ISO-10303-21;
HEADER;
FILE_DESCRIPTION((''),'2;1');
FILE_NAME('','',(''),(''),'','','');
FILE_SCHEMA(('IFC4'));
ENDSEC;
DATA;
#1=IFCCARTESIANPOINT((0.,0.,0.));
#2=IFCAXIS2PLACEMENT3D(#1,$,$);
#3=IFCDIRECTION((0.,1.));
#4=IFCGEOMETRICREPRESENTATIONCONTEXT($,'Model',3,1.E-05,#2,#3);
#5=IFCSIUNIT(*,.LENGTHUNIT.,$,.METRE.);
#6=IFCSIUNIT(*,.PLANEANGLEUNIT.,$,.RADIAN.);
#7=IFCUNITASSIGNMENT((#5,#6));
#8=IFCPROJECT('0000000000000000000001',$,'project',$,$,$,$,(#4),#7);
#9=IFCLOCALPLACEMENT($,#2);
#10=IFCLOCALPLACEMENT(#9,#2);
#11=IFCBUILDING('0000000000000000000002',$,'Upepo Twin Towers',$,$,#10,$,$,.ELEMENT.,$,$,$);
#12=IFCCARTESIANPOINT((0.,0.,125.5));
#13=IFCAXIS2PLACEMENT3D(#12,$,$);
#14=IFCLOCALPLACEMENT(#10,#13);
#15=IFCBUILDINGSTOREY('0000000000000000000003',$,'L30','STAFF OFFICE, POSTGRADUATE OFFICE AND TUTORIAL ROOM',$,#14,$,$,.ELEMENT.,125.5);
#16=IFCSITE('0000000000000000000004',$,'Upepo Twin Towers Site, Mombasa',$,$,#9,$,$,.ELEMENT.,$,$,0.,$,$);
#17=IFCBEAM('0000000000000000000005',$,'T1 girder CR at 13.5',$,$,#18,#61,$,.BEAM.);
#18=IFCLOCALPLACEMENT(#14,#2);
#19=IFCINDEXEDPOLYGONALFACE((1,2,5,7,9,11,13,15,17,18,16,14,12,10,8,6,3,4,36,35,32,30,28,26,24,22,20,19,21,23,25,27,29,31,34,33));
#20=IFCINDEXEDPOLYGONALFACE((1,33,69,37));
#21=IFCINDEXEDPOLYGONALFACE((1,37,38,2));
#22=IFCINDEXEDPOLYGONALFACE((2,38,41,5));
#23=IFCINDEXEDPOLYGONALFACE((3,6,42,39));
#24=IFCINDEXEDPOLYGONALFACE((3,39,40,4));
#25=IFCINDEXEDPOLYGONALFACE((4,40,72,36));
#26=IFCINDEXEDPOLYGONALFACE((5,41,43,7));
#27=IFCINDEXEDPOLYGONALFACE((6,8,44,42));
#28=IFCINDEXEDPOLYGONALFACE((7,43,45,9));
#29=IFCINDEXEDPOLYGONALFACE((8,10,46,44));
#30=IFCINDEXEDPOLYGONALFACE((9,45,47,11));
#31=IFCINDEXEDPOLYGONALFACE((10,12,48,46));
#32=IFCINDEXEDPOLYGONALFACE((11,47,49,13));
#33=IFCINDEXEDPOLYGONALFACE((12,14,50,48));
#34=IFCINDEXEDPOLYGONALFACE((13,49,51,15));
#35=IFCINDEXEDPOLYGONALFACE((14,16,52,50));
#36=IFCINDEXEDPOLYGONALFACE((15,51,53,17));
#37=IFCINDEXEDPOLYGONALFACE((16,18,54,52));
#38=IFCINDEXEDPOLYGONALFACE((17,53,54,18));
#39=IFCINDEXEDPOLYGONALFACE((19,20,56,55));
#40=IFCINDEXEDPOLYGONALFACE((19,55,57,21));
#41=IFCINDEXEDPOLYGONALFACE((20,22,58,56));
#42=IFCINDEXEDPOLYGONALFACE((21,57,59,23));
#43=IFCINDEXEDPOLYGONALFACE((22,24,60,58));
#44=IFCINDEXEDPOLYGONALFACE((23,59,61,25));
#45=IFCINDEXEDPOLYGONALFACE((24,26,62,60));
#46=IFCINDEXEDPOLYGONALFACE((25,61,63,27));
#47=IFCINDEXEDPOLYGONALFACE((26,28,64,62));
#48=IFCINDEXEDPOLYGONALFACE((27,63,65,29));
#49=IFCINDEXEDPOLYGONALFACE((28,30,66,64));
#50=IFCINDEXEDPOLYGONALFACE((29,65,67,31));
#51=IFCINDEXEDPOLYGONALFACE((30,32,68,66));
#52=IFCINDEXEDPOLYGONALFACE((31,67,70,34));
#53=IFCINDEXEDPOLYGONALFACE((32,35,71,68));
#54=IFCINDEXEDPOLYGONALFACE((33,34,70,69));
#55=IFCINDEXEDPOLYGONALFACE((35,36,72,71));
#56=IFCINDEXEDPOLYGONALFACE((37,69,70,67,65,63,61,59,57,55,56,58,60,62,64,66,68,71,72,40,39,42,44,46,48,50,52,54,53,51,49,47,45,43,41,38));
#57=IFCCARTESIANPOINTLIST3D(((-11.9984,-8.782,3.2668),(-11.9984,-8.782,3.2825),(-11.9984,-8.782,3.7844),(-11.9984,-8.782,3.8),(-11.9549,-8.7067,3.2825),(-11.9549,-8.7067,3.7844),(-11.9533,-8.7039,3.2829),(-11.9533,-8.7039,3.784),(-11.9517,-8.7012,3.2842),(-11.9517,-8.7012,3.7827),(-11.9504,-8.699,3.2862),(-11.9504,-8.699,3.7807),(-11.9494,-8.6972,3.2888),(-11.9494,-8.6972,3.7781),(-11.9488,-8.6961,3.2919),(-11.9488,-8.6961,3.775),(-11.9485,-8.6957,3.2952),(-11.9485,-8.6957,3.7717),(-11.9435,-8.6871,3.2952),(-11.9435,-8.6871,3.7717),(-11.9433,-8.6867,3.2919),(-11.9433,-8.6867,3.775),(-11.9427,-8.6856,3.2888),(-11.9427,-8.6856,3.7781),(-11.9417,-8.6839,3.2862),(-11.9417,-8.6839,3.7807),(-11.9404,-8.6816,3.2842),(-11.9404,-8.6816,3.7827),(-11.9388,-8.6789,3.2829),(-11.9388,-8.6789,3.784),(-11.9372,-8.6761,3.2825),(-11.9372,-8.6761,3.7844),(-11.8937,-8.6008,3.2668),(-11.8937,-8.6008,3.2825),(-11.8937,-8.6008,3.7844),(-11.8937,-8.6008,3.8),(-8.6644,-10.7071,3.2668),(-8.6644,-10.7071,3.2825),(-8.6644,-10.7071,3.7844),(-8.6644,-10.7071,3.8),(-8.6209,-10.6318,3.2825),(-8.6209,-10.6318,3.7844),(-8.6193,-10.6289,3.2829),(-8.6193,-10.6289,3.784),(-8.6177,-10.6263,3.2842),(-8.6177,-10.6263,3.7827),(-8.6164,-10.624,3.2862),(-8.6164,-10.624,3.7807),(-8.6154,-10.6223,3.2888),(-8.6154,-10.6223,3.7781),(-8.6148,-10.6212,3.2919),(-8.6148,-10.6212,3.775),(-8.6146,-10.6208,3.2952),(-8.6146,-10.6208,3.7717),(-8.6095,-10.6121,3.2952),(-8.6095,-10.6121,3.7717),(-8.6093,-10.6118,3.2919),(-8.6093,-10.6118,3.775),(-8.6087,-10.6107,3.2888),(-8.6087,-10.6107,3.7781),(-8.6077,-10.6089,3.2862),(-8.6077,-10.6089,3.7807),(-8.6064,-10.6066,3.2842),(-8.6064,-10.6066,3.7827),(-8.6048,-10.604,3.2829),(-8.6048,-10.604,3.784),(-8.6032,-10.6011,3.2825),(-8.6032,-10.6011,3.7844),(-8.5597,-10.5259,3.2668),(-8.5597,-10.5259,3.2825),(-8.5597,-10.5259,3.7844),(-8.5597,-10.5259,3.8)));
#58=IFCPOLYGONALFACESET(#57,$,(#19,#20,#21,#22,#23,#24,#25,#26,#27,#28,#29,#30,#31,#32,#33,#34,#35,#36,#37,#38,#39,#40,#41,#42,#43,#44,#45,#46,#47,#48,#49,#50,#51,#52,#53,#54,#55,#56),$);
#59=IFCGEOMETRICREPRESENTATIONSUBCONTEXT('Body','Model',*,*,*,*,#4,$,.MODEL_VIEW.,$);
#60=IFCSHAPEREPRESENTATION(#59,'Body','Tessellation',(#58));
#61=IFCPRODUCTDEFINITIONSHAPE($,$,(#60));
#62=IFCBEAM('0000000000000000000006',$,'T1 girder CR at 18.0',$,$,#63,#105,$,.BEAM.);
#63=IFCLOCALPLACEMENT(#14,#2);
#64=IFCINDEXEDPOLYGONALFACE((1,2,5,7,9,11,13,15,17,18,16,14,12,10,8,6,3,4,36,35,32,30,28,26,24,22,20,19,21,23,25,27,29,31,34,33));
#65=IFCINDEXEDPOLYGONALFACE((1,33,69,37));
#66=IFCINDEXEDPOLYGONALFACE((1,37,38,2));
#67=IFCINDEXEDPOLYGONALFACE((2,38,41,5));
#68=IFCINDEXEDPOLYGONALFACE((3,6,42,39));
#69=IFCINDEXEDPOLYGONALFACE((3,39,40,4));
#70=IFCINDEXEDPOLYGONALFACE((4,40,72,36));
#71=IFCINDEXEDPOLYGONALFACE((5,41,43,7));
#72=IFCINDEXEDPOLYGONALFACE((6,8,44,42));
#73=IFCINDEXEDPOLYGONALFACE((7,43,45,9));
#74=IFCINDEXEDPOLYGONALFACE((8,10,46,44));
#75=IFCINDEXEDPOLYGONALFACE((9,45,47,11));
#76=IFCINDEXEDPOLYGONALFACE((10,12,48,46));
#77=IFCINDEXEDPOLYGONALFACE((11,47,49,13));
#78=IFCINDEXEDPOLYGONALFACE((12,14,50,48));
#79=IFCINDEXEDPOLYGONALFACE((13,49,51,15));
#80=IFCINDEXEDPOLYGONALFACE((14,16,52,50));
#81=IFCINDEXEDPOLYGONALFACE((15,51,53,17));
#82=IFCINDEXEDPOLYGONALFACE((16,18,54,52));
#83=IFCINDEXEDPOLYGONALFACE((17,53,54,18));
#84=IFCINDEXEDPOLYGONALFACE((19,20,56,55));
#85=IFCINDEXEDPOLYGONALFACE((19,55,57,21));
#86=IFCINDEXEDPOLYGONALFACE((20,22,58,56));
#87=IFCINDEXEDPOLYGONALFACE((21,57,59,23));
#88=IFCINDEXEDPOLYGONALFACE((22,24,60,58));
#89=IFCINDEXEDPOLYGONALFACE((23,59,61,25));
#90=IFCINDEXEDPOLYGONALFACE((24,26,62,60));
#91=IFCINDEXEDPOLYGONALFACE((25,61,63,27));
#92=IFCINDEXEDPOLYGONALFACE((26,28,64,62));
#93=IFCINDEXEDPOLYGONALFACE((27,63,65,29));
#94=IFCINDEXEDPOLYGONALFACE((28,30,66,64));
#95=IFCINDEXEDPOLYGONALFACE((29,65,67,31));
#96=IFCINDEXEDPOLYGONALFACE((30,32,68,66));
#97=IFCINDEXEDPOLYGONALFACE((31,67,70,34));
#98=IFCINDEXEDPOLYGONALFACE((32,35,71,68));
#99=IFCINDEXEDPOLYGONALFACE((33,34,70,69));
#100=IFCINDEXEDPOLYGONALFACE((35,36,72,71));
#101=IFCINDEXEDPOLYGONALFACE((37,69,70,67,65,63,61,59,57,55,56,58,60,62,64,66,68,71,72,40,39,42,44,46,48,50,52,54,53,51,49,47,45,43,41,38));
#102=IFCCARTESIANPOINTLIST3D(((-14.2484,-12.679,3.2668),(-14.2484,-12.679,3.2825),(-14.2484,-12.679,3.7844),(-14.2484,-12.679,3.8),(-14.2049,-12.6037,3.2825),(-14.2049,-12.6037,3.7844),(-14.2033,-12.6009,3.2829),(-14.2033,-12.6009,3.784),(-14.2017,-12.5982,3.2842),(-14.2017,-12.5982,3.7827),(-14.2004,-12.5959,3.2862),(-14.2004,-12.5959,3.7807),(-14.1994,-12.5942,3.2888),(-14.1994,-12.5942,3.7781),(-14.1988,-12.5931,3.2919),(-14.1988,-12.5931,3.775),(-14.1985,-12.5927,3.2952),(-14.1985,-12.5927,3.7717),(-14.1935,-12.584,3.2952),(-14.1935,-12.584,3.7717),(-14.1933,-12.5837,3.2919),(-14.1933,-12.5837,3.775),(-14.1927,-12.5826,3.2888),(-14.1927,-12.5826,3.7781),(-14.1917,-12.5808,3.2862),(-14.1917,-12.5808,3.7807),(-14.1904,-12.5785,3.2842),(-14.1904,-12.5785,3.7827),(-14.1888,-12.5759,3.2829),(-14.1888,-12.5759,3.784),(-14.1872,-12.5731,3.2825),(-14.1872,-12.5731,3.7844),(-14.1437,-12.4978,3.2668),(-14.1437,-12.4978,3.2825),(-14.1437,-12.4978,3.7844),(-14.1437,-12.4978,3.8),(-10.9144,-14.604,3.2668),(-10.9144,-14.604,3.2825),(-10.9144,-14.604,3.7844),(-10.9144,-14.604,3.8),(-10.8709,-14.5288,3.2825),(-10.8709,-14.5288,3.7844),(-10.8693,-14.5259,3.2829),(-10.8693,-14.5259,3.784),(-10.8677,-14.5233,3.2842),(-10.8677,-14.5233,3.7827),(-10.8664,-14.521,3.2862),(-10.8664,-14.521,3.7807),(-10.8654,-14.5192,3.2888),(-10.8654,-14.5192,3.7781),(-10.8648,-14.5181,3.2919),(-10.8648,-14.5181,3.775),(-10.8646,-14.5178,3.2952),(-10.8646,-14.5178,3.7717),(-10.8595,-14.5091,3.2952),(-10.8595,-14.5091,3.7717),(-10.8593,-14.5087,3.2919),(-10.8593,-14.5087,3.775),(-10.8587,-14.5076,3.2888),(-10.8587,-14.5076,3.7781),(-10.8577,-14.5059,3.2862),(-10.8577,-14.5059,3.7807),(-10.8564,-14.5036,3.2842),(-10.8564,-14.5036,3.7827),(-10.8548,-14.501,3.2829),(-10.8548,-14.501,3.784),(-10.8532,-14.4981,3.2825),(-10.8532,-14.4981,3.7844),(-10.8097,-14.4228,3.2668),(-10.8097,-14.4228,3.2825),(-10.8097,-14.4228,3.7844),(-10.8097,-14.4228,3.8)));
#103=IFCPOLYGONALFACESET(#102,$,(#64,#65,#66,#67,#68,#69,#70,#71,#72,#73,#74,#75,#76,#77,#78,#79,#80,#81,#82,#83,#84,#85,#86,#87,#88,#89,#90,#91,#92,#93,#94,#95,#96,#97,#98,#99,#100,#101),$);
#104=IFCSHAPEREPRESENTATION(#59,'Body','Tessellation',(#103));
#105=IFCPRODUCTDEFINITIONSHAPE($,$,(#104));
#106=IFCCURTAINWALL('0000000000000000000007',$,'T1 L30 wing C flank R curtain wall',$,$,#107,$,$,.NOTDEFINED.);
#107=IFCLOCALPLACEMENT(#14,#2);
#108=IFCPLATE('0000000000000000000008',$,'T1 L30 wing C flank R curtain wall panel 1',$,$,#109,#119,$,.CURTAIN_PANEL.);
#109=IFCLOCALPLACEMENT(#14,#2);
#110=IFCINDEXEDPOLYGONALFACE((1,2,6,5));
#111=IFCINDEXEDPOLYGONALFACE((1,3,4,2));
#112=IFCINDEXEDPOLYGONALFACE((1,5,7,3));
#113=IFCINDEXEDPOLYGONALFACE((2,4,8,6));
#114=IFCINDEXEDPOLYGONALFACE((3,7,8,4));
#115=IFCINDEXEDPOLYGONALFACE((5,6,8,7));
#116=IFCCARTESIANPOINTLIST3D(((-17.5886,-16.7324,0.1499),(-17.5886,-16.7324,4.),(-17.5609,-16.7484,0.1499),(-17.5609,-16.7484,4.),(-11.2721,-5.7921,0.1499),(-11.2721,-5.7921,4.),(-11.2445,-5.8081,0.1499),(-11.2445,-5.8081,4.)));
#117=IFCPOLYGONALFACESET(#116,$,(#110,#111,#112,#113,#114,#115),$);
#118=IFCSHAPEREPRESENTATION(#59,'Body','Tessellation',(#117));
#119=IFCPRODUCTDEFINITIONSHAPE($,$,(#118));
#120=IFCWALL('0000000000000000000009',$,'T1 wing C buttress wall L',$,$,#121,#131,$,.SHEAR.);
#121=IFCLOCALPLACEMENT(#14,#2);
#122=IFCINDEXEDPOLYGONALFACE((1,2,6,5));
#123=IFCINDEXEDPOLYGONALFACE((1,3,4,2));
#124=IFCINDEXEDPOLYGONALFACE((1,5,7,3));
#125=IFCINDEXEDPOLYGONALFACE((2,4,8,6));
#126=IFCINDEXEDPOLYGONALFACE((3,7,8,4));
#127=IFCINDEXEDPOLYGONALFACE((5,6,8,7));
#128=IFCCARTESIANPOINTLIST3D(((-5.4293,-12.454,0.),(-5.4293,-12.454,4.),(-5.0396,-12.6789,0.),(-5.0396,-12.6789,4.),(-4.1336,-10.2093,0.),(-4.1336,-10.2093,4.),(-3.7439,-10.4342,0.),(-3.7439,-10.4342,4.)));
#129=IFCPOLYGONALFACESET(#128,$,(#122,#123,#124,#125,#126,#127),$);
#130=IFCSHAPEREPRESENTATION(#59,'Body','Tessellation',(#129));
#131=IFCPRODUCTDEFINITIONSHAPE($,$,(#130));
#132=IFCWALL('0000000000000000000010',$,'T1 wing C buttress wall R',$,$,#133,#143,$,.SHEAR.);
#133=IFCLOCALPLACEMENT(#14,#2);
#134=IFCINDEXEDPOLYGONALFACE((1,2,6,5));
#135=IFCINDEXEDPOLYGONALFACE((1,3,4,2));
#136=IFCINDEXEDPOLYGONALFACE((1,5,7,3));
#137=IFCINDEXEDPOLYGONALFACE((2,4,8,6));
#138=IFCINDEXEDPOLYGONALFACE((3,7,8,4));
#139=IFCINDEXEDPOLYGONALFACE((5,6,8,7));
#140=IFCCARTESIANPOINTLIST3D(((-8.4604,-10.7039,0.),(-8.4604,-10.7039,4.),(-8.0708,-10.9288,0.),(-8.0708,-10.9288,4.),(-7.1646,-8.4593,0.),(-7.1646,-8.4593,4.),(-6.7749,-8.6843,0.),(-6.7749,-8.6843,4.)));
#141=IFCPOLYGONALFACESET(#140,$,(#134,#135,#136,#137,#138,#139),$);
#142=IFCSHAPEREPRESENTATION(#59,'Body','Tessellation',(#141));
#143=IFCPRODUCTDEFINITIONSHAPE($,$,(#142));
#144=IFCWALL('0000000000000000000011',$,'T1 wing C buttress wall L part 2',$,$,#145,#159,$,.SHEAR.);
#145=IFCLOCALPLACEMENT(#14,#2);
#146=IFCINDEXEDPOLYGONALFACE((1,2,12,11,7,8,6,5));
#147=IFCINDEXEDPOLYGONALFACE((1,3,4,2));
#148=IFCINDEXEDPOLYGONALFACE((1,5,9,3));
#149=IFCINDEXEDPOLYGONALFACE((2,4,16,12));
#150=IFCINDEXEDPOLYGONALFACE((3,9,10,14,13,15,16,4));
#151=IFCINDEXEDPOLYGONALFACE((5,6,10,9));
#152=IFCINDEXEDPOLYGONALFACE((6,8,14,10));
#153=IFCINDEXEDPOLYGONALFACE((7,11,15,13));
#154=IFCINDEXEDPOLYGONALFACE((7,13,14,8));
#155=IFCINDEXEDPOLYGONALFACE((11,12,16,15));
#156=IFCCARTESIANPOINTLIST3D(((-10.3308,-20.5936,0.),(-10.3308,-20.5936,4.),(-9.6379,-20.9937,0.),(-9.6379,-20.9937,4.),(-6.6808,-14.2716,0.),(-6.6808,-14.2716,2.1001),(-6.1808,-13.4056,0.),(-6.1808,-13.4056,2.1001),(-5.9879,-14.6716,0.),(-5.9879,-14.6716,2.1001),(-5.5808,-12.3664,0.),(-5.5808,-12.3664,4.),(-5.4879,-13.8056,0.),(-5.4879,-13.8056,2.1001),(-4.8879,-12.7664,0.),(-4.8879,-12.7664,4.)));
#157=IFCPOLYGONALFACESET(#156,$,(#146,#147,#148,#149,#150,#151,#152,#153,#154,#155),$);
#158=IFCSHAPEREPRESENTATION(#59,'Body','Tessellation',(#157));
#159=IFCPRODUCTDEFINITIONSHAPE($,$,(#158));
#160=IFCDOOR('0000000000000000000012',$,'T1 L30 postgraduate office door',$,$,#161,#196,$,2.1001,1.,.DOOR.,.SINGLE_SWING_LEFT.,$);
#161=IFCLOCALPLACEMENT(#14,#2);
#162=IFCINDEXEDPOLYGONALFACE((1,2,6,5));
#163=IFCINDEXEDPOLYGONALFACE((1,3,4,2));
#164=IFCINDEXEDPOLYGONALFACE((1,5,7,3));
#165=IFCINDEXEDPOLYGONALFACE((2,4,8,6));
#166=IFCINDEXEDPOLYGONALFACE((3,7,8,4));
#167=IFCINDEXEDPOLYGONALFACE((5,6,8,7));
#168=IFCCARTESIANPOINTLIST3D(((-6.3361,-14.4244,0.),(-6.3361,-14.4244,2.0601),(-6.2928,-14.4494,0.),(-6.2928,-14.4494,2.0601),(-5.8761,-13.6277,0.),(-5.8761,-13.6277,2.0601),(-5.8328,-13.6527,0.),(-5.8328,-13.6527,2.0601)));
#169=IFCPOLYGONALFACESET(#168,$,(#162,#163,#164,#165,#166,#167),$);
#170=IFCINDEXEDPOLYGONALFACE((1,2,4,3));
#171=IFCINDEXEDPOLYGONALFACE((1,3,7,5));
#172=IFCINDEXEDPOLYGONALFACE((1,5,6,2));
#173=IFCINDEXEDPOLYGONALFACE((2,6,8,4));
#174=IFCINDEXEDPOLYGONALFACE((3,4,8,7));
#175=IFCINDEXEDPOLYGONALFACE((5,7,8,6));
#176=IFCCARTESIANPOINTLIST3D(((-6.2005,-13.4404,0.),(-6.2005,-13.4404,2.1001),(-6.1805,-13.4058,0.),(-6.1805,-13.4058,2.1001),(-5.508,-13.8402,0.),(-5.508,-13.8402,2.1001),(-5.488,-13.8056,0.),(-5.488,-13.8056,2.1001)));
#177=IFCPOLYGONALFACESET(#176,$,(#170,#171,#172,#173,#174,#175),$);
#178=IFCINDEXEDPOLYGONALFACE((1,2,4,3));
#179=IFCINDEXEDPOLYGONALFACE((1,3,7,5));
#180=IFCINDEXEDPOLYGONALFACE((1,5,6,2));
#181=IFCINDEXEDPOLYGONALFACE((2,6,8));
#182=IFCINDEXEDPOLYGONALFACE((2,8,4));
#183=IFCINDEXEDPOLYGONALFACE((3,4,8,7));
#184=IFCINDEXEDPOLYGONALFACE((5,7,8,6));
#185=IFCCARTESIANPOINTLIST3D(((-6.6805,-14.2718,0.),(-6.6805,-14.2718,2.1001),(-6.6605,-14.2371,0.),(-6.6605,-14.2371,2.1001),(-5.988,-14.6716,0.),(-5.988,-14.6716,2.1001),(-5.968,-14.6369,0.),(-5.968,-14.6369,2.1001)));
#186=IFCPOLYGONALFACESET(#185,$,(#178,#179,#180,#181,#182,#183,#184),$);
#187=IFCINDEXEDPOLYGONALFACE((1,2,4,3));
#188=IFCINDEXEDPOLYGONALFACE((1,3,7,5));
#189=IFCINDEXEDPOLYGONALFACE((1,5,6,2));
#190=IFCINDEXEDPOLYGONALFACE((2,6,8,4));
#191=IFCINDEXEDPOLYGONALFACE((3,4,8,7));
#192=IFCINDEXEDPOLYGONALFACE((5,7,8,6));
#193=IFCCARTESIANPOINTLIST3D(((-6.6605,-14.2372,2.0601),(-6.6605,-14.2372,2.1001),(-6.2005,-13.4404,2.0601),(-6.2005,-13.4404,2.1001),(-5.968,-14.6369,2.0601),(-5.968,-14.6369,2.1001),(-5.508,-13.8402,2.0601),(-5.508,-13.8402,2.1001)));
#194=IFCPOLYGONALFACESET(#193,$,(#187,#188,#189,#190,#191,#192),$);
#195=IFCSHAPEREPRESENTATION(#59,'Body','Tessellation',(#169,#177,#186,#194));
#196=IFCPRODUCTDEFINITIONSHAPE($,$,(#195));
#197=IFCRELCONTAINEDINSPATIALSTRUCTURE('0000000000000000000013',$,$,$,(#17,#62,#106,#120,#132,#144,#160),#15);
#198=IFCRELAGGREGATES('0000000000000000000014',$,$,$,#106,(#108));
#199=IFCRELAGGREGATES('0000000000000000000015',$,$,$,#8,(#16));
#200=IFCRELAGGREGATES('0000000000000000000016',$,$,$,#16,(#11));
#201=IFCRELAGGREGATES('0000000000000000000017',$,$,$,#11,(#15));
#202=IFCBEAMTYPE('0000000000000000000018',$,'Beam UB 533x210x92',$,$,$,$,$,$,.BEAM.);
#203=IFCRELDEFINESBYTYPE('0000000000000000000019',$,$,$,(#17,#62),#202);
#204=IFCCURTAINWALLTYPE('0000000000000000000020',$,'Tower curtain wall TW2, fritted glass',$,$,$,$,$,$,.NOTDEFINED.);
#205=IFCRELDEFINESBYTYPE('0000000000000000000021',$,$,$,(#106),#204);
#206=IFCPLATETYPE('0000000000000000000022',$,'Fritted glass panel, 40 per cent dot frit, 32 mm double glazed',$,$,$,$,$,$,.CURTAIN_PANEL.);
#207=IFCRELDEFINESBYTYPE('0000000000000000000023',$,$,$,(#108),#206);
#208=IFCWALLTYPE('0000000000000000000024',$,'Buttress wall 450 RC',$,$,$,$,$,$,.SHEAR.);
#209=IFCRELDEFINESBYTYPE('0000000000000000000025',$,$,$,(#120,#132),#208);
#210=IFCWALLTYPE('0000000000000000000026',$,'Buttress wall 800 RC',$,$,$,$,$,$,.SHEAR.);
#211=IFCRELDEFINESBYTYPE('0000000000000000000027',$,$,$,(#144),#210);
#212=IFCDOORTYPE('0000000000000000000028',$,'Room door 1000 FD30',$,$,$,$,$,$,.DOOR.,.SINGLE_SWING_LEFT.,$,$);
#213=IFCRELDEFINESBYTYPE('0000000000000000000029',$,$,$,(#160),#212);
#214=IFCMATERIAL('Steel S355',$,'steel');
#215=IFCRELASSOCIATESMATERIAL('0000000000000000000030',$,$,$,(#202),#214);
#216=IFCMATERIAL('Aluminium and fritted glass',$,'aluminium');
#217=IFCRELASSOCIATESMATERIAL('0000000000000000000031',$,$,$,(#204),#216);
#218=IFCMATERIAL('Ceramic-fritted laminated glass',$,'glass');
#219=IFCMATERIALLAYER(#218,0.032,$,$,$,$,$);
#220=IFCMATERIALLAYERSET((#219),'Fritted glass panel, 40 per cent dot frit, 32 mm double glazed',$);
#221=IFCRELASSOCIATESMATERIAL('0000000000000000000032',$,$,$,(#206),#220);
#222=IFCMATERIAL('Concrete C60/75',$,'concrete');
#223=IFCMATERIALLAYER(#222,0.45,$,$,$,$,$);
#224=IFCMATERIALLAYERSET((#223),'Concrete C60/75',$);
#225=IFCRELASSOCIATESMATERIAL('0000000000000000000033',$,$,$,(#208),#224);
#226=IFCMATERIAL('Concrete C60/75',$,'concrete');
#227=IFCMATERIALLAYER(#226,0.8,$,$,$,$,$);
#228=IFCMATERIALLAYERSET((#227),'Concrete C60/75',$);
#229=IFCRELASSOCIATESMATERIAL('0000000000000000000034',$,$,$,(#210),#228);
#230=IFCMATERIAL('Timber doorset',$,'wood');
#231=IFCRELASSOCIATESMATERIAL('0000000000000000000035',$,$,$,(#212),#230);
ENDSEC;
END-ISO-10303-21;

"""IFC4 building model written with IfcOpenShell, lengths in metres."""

from ifc_helpers import new_model, si_unit, direction, frame, frame_2d, origin, origin_2d, place, context, subcontext, project, spatial, rectangle, i_section, extrude, material, layer, layer_set, material_profile, profile_set, type_object, element, fill, aggregate, save


model = new_model("IFC4")

# Units and contexts
model_context = context("Model", 3, precision=1e-05, world=origin(), true_north=direction((0.0, 1.0)))
body_context = subcontext(model_context, "Body", "Model", "MODEL_VIEW")
ifc_project = project(units=[si_unit("LENGTHUNIT", "METRE"), si_unit("PLANEANGLEUNIT", "RADIAN")], contexts=[model_context])

# Site, building, storey
site_placement = place(None, origin())
site = spatial("IfcSite", under=ifc_project, at=site_placement, Name="Upepo Twin Towers Site, Mombasa", CompositionType="ELEMENT", RefElevation=0.0)
building_placement = place(site_placement, origin())
building = spatial("IfcBuilding", under=site, at=building_placement, Name="Upepo Twin Towers", CompositionType="ELEMENT")
storey_placement = place(building_placement, frame((0.0, 0.0, 125.5)))
storey = spatial("IfcBuildingStorey", under=building, at=storey_placement, Name="L30", Description="STAFF OFFICE, POSTGRADUATE OFFICE AND TUTORIAL ROOM", CompositionType="ELEMENT", Elevation=125.5)

# Beams
ifc_material_1 = material(Name="Steel S355", Category="steel")
ifc_material_profile_1 = material_profile(ifc_material_1, i_section(OverallWidth=0.2092, OverallDepth=0.5332, WebThickness=0.01, FlangeThickness=0.0156, FilletRadius=0.0127, at=origin_2d()), Name="UB 533x210x92")
ifc_profile_set_1 = profile_set([ifc_material_profile_1], Name="Steel S355")
beam_type_1 = type_object("IfcBeamType", Name="Beam UB 533x210x92", PredefinedType="BEAM", material=ifc_profile_set_1)
for number, where, z_axis, x_axis, name in (
    (1, (-11.946, -8.6914, 3.5334), (0.866006, -0.500034, 0.0), (0.500034, 0.866006, 0.0), "T1 girder CR at 13.5"),
    (2, (-14.196, -12.5884, 3.5334), (0.866006, -0.500034, 0.0), (0.500034, 0.866006, 0.0), "T1 girder CR at 18.0"),
):
    element("IfcBeam", number, at=place(storey_placement, frame(where, z_axis=z_axis, x_axis=x_axis)), inside=storey, type_object=beam_type_1, Name=name, PredefinedType="BEAM", context=body_context, shape_type="SweptSolid", body=[
        extrude(i_section(OverallWidth=0.2092, OverallDepth=0.5332, WebThickness=0.01, FlangeThickness=0.0156, FilletRadius=0.0127, at=origin_2d()), origin(), (0.0, 0.0, 1.0), 3.8499),
    ])

# Curtain wall, plate
ifc_material_2 = material(Name="Aluminium and fritted glass", Category="aluminium")
curtain_wall_type = type_object("IfcCurtainWallType", Name="Tower curtain wall TW2, fritted glass", PredefinedType="NOTDEFINED", material=ifc_material_2)
curtain_wall_placement = place(storey_placement, origin())
curtain_wall = element("IfcCurtainWall", 3, at=curtain_wall_placement, inside=storey, type_object=curtain_wall_type, Name="T1 L30 wing C flank R curtain wall", PredefinedType="NOTDEFINED")
ifc_material_3 = material(Name="Ceramic-fritted laminated glass", Category="glass")
ifc_layer_1 = layer(ifc_material_3, 0.032)
ifc_layer_set_1 = layer_set([ifc_layer_1], Name="Fritted glass panel, 40 per cent dot frit, 32 mm double glazed")
plate_type = type_object("IfcPlateType", Name="Fritted glass panel, 40 per cent dot frit, 32 mm double glazed", PredefinedType="CURTAIN_PANEL", material=ifc_layer_set_1)
plate_placement = place(storey_placement, frame((-14.4165, -11.2703, 0.1499), z_axis=(0.0, 0.0, 1.0), x_axis=(0.5, 0.866025, 0.0)))
plate = element("IfcPlate", 4, at=plate_placement, type_object=plate_type, Name="T1 L30 wing C flank R curtain wall panel 1", PredefinedType="CURTAIN_PANEL", context=body_context, shape_type="SweptSolid", body=[
    extrude(rectangle(XDim=12.6328, YDim=0.032, at=origin_2d()), origin(), (0.0, 0.0, 1.0), 3.8501),
])
aggregate(curtain_wall, [plate])

# Walls
ifc_material_4 = material(Name="Concrete C60/75", Category="concrete")
ifc_layer_2 = layer(ifc_material_4, 0.45)
ifc_layer_set_2 = layer_set([ifc_layer_2], Name="Concrete C60/75")
wall_type_1 = type_object("IfcWallType", Name="Buttress wall 450 RC", PredefinedType="SHEAR", material=ifc_layer_set_2)
for number, where, z_axis, x_axis, name in (
    (5, (-3.9387, -10.3218, 0.0), (0.0, 0.0, 1.0), (-0.499918, -0.866073, 0.0), "T1 wing C buttress wall L"),
    (6, (-6.9697, -8.5718, 0.0), (0.0, 0.0, 1.0), (-0.499989, -0.866032, 0.0), "T1 wing C buttress wall R"),
):
    element("IfcWall", number, at=place(storey_placement, frame(where, z_axis=z_axis, x_axis=x_axis)), inside=storey, type_object=wall_type_1, Name=name, PredefinedType="SHEAR", context=body_context, shape_type="SweptSolid", body=[
        extrude(rectangle(XDim=2.5918, YDim=0.45, at=frame_2d((1.2959, 0.0))), origin(), (0.0, 0.0, 1.0), 4.0),
    ])

# Wall, opening, door
ifc_material_5 = material(Name="Concrete C60/75", Category="concrete")
ifc_layer_3 = layer(ifc_material_5, 0.8)
ifc_layer_set_3 = layer_set([ifc_layer_3], Name="Concrete C60/75")
wall_type_2 = type_object("IfcWallType", Name="Buttress wall 800 RC", PredefinedType="SHEAR", material=ifc_layer_set_3)
wall_1_placement = place(storey_placement, frame((-5.2344, -12.5664, 0.0), z_axis=(0.0, 0.0, 1.0), x_axis=(-0.499998, -0.866027, 0.0)))
wall_1 = element("IfcWall", 7, at=wall_1_placement, inside=storey, type_object=wall_type_2, Name="T1 wing C buttress wall L part 2", PredefinedType="SHEAR", context=body_context, shape_type="SweptSolid", body=[
    extrude(rectangle(XDim=9.5, YDim=0.8, at=frame_2d((4.75, 0.0))), origin(), (0.0, 0.0, 1.0), 4.0),
])
opening_1_placement = place(wall_1_placement, frame((1.2, 0.0, 0.0)))
opening_1 = element("IfcOpeningElement", 8, at=opening_1_placement, cuts=wall_1, PredefinedType="OPENING", context=body_context, shape_type="SweptSolid", body=[
    extrude(rectangle(XDim=1.0, YDim=2.1001, at=frame_2d((0.5, 1.05))), frame((0.0, 0.4099, 0.0), z_axis=(0.0, -1.0, 0.0), x_axis=(1.0, 0.0, 0.0)), (0.0, 0.0, 1.0), 0.8201),
])
ifc_material_6 = material(Name="Timber doorset", Category="wood")
door_type_1 = type_object("IfcDoorType", Name="Room door 1000 FD30", OperationType="SINGLE_SWING_LEFT", PredefinedType="DOOR", material=ifc_material_6)
door_1_placement = place(opening_1_placement, origin())
door_1 = element("IfcDoor", 9, at=door_1_placement, inside=storey, type_object=door_type_1, Name="T1 L30 postgraduate office door", OperationType="SINGLE_SWING_LEFT", OverallHeight=2.1001, OverallWidth=1.0, PredefinedType="DOOR", context=body_context, shape_type="SweptSolid", body=[
    extrude(rectangle(XDim=0.92, YDim=2.0601, at=frame_2d((0.5, 1.03))), frame((0.0, 0.0249, 0.0), z_axis=(0.0, -1.0, 0.0), x_axis=(1.0, 0.0, 0.0)), (0.0, 0.0, 1.0), 0.05),
    extrude(rectangle(XDim=0.04, YDim=2.1001, at=frame_2d((0.02, 1.05))), frame((0.0, 0.3999, 0.0), z_axis=(0.0, -1.0, 0.0), x_axis=(1.0, 0.0, 0.0)), (0.0, 0.0, 1.0), 0.7996),
    extrude(rectangle(XDim=0.04, YDim=2.1001, at=frame_2d((0.98, 1.05))), frame((0.0, 0.3999, 0.0), z_axis=(0.0, -1.0, 0.0), x_axis=(1.0, 0.0, 0.0)), (0.0, 0.0, 1.0), 0.7996),
    extrude(rectangle(XDim=0.92, YDim=0.04, at=frame_2d((0.5, 2.0801))), frame((0.0, 0.3999, 0.0), z_axis=(0.0, -1.0, 0.0), x_axis=(1.0, 0.0, 0.0)), (0.0, 0.0, 1.0), 0.7996),
])
fill(opening_1, door_1)

save(model, "model.ifc")
